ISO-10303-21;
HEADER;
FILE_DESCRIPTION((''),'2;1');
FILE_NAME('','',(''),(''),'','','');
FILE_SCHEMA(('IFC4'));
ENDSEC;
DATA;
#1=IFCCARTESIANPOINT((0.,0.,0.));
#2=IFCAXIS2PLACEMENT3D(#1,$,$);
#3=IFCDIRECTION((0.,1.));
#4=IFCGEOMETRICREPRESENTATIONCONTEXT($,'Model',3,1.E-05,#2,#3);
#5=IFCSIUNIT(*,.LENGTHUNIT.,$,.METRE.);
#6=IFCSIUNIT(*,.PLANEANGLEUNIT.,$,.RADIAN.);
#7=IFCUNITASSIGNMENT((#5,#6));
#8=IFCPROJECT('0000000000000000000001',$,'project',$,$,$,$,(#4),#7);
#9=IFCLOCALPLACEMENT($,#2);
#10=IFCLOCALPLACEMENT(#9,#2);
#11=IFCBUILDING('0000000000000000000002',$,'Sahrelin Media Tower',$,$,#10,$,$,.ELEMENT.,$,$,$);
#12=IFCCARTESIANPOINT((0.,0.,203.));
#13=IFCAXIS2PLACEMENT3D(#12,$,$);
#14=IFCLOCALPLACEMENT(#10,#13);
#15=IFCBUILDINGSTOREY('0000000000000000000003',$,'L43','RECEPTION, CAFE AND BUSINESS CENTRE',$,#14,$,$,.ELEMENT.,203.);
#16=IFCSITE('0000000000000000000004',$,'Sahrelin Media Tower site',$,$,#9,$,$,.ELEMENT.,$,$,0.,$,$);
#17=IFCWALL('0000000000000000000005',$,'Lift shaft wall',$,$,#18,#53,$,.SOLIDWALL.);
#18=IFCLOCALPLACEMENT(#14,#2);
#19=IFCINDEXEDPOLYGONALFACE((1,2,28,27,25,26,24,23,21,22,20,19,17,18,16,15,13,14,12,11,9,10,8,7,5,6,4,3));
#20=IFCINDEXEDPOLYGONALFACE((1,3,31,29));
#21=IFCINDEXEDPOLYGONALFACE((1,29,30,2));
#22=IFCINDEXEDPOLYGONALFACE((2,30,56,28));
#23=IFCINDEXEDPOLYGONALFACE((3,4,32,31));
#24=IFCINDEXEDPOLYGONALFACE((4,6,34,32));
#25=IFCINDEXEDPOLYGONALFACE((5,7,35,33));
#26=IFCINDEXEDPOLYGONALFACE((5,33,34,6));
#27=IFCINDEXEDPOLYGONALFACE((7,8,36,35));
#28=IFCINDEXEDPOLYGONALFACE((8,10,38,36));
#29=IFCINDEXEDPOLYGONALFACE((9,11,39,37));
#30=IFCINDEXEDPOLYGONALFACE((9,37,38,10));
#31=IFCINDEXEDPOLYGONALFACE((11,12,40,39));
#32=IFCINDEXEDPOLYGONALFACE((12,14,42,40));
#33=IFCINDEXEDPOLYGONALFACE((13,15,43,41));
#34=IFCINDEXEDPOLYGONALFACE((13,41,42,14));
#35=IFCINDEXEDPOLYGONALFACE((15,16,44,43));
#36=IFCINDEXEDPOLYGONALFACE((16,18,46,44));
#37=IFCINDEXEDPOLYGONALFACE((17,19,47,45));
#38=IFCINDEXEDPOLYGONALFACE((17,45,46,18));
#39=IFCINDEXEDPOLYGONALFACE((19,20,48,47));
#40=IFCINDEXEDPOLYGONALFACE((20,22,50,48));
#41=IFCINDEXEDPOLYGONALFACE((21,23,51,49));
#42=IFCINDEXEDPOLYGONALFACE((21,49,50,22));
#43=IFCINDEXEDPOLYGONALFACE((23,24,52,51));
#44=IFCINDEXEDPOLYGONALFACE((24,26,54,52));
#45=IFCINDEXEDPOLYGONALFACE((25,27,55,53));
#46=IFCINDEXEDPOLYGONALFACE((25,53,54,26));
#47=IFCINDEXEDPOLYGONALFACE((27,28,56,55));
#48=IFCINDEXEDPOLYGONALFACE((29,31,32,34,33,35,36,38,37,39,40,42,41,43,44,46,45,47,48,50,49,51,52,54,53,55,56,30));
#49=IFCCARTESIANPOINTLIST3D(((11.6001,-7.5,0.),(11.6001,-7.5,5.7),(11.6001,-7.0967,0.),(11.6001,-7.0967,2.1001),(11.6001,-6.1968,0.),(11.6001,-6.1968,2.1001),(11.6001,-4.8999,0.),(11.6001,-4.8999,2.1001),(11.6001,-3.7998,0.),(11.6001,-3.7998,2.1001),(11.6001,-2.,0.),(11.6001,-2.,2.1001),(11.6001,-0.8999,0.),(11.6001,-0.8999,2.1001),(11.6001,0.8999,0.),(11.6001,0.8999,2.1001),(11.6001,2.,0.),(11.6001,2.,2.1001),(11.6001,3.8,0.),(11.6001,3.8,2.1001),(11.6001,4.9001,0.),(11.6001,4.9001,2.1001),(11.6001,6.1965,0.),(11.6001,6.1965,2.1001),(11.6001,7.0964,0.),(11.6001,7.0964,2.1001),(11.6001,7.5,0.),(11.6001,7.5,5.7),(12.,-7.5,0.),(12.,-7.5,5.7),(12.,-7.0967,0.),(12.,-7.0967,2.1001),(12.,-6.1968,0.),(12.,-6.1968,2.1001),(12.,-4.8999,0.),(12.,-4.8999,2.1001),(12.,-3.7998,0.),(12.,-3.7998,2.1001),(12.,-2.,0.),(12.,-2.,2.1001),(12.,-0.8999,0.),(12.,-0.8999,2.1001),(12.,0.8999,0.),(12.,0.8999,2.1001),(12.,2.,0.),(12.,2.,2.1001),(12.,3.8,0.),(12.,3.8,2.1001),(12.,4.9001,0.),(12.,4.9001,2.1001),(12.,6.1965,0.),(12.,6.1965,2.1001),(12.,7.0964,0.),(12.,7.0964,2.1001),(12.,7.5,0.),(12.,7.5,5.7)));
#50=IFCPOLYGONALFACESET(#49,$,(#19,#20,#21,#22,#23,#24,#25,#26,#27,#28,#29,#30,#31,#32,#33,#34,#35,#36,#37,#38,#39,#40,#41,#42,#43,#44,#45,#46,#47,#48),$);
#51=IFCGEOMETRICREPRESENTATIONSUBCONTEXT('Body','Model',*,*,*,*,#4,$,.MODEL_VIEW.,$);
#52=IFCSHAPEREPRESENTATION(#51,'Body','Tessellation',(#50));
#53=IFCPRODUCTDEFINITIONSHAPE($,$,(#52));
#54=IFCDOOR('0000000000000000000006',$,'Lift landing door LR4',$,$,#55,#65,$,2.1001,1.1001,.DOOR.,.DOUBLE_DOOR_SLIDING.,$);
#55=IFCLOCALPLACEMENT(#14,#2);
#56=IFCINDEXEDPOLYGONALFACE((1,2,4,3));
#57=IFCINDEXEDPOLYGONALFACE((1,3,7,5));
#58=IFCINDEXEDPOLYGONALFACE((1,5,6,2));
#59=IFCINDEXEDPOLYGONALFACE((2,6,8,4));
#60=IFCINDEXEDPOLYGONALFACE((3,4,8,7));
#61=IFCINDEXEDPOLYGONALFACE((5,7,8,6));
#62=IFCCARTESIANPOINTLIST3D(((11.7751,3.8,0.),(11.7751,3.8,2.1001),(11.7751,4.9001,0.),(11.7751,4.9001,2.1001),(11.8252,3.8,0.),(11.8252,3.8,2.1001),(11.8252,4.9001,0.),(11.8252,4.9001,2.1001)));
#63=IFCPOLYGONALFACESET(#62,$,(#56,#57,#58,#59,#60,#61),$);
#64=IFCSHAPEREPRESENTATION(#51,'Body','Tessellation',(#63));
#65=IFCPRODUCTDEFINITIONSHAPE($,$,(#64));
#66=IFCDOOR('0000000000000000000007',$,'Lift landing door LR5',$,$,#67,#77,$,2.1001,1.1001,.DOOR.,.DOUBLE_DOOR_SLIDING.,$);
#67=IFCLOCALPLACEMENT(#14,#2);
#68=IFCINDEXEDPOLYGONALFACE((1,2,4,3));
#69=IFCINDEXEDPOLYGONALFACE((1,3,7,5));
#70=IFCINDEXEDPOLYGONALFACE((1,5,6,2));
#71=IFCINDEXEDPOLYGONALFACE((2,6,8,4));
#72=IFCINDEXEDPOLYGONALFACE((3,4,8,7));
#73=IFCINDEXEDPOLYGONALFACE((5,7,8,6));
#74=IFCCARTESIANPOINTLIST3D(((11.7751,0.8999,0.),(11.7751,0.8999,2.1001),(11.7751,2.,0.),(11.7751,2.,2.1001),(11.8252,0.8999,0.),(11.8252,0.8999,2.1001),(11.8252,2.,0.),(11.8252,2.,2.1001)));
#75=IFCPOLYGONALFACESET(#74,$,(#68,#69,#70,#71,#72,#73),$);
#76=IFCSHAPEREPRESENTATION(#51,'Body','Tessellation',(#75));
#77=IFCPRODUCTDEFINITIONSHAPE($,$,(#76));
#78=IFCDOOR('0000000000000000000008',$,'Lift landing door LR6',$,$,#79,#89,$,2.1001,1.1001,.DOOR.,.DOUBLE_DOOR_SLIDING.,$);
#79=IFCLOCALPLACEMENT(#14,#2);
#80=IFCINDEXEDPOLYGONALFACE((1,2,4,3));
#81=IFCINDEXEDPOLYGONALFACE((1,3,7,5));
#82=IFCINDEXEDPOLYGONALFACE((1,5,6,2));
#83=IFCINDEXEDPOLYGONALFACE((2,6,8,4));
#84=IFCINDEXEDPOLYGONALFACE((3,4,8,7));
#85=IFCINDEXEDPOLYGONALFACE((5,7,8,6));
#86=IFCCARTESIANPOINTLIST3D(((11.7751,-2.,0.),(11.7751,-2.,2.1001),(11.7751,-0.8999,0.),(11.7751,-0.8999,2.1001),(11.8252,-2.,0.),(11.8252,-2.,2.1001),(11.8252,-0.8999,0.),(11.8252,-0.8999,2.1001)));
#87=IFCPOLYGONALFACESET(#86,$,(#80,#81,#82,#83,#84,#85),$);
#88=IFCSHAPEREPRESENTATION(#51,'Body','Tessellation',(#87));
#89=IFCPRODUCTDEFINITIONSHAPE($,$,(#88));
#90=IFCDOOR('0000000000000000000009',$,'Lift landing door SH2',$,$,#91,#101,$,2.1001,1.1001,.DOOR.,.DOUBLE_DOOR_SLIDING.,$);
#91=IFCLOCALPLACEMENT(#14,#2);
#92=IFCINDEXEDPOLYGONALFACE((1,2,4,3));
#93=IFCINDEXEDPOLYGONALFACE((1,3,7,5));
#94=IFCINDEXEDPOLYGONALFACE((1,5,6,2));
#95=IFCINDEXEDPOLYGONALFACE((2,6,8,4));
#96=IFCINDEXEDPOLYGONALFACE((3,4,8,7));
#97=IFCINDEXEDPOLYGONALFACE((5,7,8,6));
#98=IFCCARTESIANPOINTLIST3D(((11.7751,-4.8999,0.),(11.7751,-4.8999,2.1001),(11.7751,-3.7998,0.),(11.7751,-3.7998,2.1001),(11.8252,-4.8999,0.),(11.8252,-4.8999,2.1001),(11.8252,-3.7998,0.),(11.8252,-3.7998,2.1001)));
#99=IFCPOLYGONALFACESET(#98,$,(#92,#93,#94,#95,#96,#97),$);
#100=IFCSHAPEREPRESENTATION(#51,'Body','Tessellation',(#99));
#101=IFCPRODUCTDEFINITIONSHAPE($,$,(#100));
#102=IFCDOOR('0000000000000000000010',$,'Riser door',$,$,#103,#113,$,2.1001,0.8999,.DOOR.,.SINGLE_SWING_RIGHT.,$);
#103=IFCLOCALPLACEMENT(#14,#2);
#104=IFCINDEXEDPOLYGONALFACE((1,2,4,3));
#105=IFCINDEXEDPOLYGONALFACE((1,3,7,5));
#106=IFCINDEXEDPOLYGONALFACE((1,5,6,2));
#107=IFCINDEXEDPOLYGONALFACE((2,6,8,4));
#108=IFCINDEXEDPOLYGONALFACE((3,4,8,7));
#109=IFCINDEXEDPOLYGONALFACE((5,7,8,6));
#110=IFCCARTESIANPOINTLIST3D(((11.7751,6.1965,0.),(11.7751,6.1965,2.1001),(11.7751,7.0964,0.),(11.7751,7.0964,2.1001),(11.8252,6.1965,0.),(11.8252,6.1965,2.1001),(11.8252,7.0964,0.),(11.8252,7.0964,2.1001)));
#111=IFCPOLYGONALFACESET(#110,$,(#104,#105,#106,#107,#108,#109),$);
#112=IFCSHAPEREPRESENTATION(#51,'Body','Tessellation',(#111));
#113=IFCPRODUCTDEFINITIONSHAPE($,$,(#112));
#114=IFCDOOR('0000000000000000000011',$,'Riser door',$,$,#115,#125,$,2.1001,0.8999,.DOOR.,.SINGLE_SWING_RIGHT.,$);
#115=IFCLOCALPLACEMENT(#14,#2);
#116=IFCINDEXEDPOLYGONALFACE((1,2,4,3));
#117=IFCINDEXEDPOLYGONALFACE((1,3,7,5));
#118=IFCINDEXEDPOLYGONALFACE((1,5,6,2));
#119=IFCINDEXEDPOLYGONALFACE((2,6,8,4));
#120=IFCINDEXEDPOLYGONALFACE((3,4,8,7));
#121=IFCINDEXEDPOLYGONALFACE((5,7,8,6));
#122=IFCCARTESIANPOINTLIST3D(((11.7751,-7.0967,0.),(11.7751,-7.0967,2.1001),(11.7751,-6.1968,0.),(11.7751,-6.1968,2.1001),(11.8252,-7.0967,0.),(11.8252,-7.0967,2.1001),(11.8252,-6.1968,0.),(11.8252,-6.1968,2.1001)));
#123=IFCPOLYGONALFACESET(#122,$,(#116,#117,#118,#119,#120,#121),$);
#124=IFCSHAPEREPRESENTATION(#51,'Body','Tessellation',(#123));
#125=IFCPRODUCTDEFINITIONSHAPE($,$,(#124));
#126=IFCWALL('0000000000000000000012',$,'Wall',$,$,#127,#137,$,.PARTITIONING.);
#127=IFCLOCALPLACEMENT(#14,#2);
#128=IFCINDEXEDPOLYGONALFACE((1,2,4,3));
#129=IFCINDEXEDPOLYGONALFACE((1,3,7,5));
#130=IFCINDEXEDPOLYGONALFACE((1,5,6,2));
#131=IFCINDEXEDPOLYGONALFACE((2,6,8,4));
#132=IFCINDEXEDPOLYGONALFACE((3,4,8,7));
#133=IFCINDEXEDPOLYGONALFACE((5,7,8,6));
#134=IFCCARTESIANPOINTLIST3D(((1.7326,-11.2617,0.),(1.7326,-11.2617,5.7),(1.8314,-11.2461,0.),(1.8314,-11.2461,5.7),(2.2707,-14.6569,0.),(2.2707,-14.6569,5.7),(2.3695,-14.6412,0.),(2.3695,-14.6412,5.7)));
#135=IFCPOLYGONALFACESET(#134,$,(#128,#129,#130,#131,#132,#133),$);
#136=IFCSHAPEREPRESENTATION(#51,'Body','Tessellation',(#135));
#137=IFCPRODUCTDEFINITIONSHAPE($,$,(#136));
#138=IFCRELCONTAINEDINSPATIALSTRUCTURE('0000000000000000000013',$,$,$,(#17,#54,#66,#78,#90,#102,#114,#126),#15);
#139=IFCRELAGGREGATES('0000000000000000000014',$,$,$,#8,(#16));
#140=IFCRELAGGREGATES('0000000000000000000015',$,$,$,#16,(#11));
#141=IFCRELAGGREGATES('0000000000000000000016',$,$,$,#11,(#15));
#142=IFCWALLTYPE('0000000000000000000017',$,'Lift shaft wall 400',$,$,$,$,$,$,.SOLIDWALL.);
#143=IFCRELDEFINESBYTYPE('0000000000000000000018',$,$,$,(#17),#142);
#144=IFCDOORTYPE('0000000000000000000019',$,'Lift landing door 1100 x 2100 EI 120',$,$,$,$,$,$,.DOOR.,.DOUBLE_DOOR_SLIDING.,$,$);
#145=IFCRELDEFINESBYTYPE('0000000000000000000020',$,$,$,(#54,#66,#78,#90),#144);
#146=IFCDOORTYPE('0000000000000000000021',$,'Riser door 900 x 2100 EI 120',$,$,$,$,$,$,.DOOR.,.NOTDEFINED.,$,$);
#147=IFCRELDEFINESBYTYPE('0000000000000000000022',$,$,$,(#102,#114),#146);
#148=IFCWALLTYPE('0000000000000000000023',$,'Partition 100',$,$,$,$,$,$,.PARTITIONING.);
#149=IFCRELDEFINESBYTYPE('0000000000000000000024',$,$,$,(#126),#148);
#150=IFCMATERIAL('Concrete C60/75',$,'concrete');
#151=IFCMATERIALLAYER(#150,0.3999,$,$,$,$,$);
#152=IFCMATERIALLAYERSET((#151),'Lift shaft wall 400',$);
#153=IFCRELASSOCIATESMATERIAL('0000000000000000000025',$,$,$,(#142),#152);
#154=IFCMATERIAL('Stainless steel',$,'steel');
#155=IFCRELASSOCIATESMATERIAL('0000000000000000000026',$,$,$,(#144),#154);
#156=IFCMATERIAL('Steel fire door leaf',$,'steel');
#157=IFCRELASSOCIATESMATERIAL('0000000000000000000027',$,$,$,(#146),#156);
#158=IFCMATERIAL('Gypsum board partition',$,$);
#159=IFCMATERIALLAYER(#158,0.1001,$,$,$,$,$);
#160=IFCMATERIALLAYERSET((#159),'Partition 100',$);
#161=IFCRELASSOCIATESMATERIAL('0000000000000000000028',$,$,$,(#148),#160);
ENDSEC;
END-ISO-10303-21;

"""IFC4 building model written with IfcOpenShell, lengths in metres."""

from ifc_helpers import new_model, si_unit, direction, frame, frame_2d, origin, place, context, subcontext, project, spatial, rectangle, extrude, material, layer, layer_set, type_object, element, fill, save


model = new_model("IFC4")

# Units and contexts
model_context = context("Model", 3, precision=1e-05, world=origin(), true_north=direction((0.0, 1.0)))
body_context = subcontext(model_context, "Body", "Model", "MODEL_VIEW")
ifc_project = project(units=[si_unit("LENGTHUNIT", "METRE"), si_unit("PLANEANGLEUNIT", "RADIAN")], contexts=[model_context])

# Site, building, storey
site_placement = place(None, origin())
site = spatial("IfcSite", under=ifc_project, at=site_placement, Name="Sahrelin Media Tower site", CompositionType="ELEMENT", RefElevation=0.0)
building_placement = place(site_placement, origin())
building = spatial("IfcBuilding", under=site, at=building_placement, Name="Sahrelin Media Tower", CompositionType="ELEMENT")
storey_placement = place(building_placement, frame((0.0, 0.0, 203.0)))
storey = spatial("IfcBuildingStorey", under=building, at=storey_placement, Name="L43", Description="RECEPTION, CAFE AND BUSINESS CENTRE", CompositionType="ELEMENT", Elevation=203.0)

# Wall, openings, doors
ifc_material_1 = material(Name="Concrete C60/75", Category="concrete")
ifc_layer_1 = layer(ifc_material_1, 0.3999)
ifc_layer_set_1 = layer_set([ifc_layer_1], Name="Lift shaft wall 400")
wall_type_1 = type_object("IfcWallType", Name="Lift shaft wall 400", PredefinedType="SOLIDWALL", material=ifc_layer_set_1)
wall_1_placement = place(storey_placement, frame((11.8, -7.5, 0.0), z_axis=(0.0, 0.0, 1.0), x_axis=(0.0, 1.0, 0.0)))
wall_1 = element("IfcWall", 1, at=wall_1_placement, inside=storey, type_object=wall_type_1, Name="Lift shaft wall", PredefinedType="SOLIDWALL", context=body_context, shape_type="SweptSolid", body=[
    extrude(rectangle(XDim=15.0, YDim=0.3999, at=frame_2d((7.5, 0.0))), origin(), (0.0, 0.0, 1.0), 5.7),
])
opening_1_placement = place(wall_1_placement, frame((11.3, 0.0, 0.0)))
opening_1 = element("IfcOpeningElement", 2, at=opening_1_placement, cuts=wall_1, PredefinedType="OPENING", context=body_context, shape_type="SweptSolid", body=[
    extrude(rectangle(XDim=1.1001, YDim=2.1001, at=frame_2d((0.55, 1.05))), frame((0.0, 0.2, 0.0), z_axis=(0.0, -1.0, 0.0), x_axis=(1.0, 0.0, 0.0)), (0.0, 0.0, 1.0), 0.3999),
])
opening_2_placement = place(wall_1_placement, frame((8.3999, 0.0, 0.0)))
opening_2 = element("IfcOpeningElement", 3, at=opening_2_placement, cuts=wall_1, PredefinedType="OPENING", context=body_context, shape_type="SweptSolid", body=[
    extrude(rectangle(XDim=1.1001, YDim=2.1001, at=frame_2d((0.55, 1.05))), frame((0.0, 0.2, 0.0), z_axis=(0.0, -1.0, 0.0), x_axis=(1.0, 0.0, 0.0)), (0.0, 0.0, 1.0), 0.3999),
])
opening_3_placement = place(wall_1_placement, frame((5.5, 0.0, 0.0)))
opening_3 = element("IfcOpeningElement", 4, at=opening_3_placement, cuts=wall_1, PredefinedType="OPENING", context=body_context, shape_type="SweptSolid", body=[
    extrude(rectangle(XDim=1.1001, YDim=2.1001, at=frame_2d((0.55, 1.05))), frame((0.0, 0.2, 0.0), z_axis=(0.0, -1.0, 0.0), x_axis=(1.0, 0.0, 0.0)), (0.0, 0.0, 1.0), 0.3999),
])
opening_4_placement = place(wall_1_placement, frame((2.6001, 0.0, 0.0)))
opening_4 = element("IfcOpeningElement", 5, at=opening_4_placement, cuts=wall_1, PredefinedType="OPENING", context=body_context, shape_type="SweptSolid", body=[
    extrude(rectangle(XDim=1.1001, YDim=2.1001, at=frame_2d((0.55, 1.05))), frame((0.0, 0.2, 0.0), z_axis=(0.0, -1.0, 0.0), x_axis=(1.0, 0.0, 0.0)), (0.0, 0.0, 1.0), 0.3999),
])
opening_5_placement = place(wall_1_placement, frame((13.6965, 0.0, 0.0)))
opening_5 = element("IfcOpeningElement", 6, at=opening_5_placement, cuts=wall_1, PredefinedType="OPENING", context=body_context, shape_type="SweptSolid", body=[
    extrude(rectangle(XDim=0.8999, YDim=2.1001, at=frame_2d((0.45, 1.05))), frame((0.0, 0.2, 0.0), z_axis=(0.0, -1.0, 0.0), x_axis=(1.0, 0.0, 0.0)), (0.0, 0.0, 1.0), 0.3999),
])
opening_6_placement = place(wall_1_placement, frame((0.4033, 0.0, 0.0)))
opening_6 = element("IfcOpeningElement", 7, at=opening_6_placement, cuts=wall_1, PredefinedType="OPENING", context=body_context, shape_type="SweptSolid", body=[
    extrude(rectangle(XDim=0.8999, YDim=2.1001, at=frame_2d((0.45, 1.05))), frame((0.0, 0.2, 0.0), z_axis=(0.0, -1.0, 0.0), x_axis=(1.0, 0.0, 0.0)), (0.0, 0.0, 1.0), 0.3999),
])
ifc_material_2 = material(Name="Stainless steel", Category="steel")
door_type_1 = type_object("IfcDoorType", Name="Lift landing door 1100 x 2100 EI 120", OperationType="DOUBLE_DOOR_SLIDING", PredefinedType="DOOR", material=ifc_material_2)
door_1_placement = place(opening_1_placement, origin())
door_1 = element("IfcDoor", 8, at=door_1_placement, inside=storey, type_object=door_type_1, Name="Lift landing door LR4", OperationType="DOUBLE_DOOR_SLIDING", OverallHeight=2.1001, OverallWidth=1.1001, PredefinedType="DOOR", context=body_context, shape_type="SweptSolid", body=[
    extrude(rectangle(XDim=1.1001, YDim=2.1001, at=frame_2d((0.55, 1.05))), frame((0.0, 0.0249, 0.0), z_axis=(0.0, -1.0, 0.0), x_axis=(1.0, 0.0, 0.0)), (0.0, 0.0, 1.0), 0.05),
])
fill(opening_1, door_1)
door_2_placement = place(opening_2_placement, origin())
door_2 = element("IfcDoor", 9, at=door_2_placement, inside=storey, type_object=door_type_1, Name="Lift landing door LR5", OperationType="DOUBLE_DOOR_SLIDING", OverallHeight=2.1001, OverallWidth=1.1001, PredefinedType="DOOR", context=body_context, shape_type="SweptSolid", body=[
    extrude(rectangle(XDim=1.1001, YDim=2.1001, at=frame_2d((0.55, 1.05))), frame((0.0, 0.0249, 0.0), z_axis=(0.0, -1.0, 0.0), x_axis=(1.0, 0.0, 0.0)), (0.0, 0.0, 1.0), 0.05),
])
fill(opening_2, door_2)
door_3_placement = place(opening_3_placement, origin())
door_3 = element("IfcDoor", 10, at=door_3_placement, inside=storey, type_object=door_type_1, Name="Lift landing door LR6", OperationType="DOUBLE_DOOR_SLIDING", OverallHeight=2.1001, OverallWidth=1.1001, PredefinedType="DOOR", context=body_context, shape_type="SweptSolid", body=[
    extrude(rectangle(XDim=1.1001, YDim=2.1001, at=frame_2d((0.55, 1.05))), frame((0.0, 0.0249, 0.0), z_axis=(0.0, -1.0, 0.0), x_axis=(1.0, 0.0, 0.0)), (0.0, 0.0, 1.0), 0.05),
])
fill(opening_3, door_3)
door_4_placement = place(opening_4_placement, origin())
door_4 = element("IfcDoor", 11, at=door_4_placement, inside=storey, type_object=door_type_1, Name="Lift landing door SH2", OperationType="DOUBLE_DOOR_SLIDING", OverallHeight=2.1001, OverallWidth=1.1001, PredefinedType="DOOR", context=body_context, shape_type="SweptSolid", body=[
    extrude(rectangle(XDim=1.1001, YDim=2.1001, at=frame_2d((0.55, 1.05))), frame((0.0, 0.0249, 0.0), z_axis=(0.0, -1.0, 0.0), x_axis=(1.0, 0.0, 0.0)), (0.0, 0.0, 1.0), 0.05),
])
fill(opening_4, door_4)
ifc_material_3 = material(Name="Steel fire door leaf", Category="steel")
door_type_2 = type_object("IfcDoorType", Name="Riser door 900 x 2100 EI 120", OperationType="NOTDEFINED", PredefinedType="DOOR", material=ifc_material_3)
door_5_placement = place(opening_5_placement, origin())
door_5 = element("IfcDoor", 12, at=door_5_placement, inside=storey, type_object=door_type_2, Name="Riser door", OperationType="SINGLE_SWING_RIGHT", OverallHeight=2.1001, OverallWidth=0.8999, PredefinedType="DOOR", context=body_context, shape_type="SweptSolid", body=[
    extrude(rectangle(XDim=0.8999, YDim=2.1001, at=frame_2d((0.45, 1.05))), frame((0.0, 0.0249, 0.0), z_axis=(0.0, -1.0, 0.0), x_axis=(1.0, 0.0, 0.0)), (0.0, 0.0, 1.0), 0.05),
])
fill(opening_5, door_5)
door_6_placement = place(opening_6_placement, origin())
door_6 = element("IfcDoor", 13, at=door_6_placement, inside=storey, type_object=door_type_2, Name="Riser door", OperationType="SINGLE_SWING_RIGHT", OverallHeight=2.1001, OverallWidth=0.8999, PredefinedType="DOOR", context=body_context, shape_type="SweptSolid", body=[
    extrude(rectangle(XDim=0.8999, YDim=2.1001, at=frame_2d((0.45, 1.05))), frame((0.0, 0.0249, 0.0), z_axis=(0.0, -1.0, 0.0), x_axis=(1.0, 0.0, 0.0)), (0.0, 0.0, 1.0), 0.05),
])
fill(opening_6, door_6)

# Wall
ifc_material_4 = material(Name="Gypsum board partition")
ifc_layer_2 = layer(ifc_material_4, 0.1001)
ifc_layer_set_2 = layer_set([ifc_layer_2], Name="Partition 100")
wall_type_2 = type_object("IfcWallType", Name="Partition 100", PredefinedType="PARTITIONING", material=ifc_layer_set_2)
wall_2_placement = place(storey_placement, frame((1.782, -11.2539, 0.0), z_axis=(0.0, 0.0, 1.0), x_axis=(0.156539, -0.987672, 0.0)))
element("IfcWall", 14, at=wall_2_placement, inside=storey, type_object=wall_type_2, Name="Wall", PredefinedType="PARTITIONING", context=body_context, shape_type="SweptSolid", body=[
    extrude(rectangle(XDim=3.4375, YDim=0.1001, at=frame_2d((1.7188, 0.0))), origin(), (0.0, 0.0, 1.0), 5.7),
])

save(model, "model.ifc")
